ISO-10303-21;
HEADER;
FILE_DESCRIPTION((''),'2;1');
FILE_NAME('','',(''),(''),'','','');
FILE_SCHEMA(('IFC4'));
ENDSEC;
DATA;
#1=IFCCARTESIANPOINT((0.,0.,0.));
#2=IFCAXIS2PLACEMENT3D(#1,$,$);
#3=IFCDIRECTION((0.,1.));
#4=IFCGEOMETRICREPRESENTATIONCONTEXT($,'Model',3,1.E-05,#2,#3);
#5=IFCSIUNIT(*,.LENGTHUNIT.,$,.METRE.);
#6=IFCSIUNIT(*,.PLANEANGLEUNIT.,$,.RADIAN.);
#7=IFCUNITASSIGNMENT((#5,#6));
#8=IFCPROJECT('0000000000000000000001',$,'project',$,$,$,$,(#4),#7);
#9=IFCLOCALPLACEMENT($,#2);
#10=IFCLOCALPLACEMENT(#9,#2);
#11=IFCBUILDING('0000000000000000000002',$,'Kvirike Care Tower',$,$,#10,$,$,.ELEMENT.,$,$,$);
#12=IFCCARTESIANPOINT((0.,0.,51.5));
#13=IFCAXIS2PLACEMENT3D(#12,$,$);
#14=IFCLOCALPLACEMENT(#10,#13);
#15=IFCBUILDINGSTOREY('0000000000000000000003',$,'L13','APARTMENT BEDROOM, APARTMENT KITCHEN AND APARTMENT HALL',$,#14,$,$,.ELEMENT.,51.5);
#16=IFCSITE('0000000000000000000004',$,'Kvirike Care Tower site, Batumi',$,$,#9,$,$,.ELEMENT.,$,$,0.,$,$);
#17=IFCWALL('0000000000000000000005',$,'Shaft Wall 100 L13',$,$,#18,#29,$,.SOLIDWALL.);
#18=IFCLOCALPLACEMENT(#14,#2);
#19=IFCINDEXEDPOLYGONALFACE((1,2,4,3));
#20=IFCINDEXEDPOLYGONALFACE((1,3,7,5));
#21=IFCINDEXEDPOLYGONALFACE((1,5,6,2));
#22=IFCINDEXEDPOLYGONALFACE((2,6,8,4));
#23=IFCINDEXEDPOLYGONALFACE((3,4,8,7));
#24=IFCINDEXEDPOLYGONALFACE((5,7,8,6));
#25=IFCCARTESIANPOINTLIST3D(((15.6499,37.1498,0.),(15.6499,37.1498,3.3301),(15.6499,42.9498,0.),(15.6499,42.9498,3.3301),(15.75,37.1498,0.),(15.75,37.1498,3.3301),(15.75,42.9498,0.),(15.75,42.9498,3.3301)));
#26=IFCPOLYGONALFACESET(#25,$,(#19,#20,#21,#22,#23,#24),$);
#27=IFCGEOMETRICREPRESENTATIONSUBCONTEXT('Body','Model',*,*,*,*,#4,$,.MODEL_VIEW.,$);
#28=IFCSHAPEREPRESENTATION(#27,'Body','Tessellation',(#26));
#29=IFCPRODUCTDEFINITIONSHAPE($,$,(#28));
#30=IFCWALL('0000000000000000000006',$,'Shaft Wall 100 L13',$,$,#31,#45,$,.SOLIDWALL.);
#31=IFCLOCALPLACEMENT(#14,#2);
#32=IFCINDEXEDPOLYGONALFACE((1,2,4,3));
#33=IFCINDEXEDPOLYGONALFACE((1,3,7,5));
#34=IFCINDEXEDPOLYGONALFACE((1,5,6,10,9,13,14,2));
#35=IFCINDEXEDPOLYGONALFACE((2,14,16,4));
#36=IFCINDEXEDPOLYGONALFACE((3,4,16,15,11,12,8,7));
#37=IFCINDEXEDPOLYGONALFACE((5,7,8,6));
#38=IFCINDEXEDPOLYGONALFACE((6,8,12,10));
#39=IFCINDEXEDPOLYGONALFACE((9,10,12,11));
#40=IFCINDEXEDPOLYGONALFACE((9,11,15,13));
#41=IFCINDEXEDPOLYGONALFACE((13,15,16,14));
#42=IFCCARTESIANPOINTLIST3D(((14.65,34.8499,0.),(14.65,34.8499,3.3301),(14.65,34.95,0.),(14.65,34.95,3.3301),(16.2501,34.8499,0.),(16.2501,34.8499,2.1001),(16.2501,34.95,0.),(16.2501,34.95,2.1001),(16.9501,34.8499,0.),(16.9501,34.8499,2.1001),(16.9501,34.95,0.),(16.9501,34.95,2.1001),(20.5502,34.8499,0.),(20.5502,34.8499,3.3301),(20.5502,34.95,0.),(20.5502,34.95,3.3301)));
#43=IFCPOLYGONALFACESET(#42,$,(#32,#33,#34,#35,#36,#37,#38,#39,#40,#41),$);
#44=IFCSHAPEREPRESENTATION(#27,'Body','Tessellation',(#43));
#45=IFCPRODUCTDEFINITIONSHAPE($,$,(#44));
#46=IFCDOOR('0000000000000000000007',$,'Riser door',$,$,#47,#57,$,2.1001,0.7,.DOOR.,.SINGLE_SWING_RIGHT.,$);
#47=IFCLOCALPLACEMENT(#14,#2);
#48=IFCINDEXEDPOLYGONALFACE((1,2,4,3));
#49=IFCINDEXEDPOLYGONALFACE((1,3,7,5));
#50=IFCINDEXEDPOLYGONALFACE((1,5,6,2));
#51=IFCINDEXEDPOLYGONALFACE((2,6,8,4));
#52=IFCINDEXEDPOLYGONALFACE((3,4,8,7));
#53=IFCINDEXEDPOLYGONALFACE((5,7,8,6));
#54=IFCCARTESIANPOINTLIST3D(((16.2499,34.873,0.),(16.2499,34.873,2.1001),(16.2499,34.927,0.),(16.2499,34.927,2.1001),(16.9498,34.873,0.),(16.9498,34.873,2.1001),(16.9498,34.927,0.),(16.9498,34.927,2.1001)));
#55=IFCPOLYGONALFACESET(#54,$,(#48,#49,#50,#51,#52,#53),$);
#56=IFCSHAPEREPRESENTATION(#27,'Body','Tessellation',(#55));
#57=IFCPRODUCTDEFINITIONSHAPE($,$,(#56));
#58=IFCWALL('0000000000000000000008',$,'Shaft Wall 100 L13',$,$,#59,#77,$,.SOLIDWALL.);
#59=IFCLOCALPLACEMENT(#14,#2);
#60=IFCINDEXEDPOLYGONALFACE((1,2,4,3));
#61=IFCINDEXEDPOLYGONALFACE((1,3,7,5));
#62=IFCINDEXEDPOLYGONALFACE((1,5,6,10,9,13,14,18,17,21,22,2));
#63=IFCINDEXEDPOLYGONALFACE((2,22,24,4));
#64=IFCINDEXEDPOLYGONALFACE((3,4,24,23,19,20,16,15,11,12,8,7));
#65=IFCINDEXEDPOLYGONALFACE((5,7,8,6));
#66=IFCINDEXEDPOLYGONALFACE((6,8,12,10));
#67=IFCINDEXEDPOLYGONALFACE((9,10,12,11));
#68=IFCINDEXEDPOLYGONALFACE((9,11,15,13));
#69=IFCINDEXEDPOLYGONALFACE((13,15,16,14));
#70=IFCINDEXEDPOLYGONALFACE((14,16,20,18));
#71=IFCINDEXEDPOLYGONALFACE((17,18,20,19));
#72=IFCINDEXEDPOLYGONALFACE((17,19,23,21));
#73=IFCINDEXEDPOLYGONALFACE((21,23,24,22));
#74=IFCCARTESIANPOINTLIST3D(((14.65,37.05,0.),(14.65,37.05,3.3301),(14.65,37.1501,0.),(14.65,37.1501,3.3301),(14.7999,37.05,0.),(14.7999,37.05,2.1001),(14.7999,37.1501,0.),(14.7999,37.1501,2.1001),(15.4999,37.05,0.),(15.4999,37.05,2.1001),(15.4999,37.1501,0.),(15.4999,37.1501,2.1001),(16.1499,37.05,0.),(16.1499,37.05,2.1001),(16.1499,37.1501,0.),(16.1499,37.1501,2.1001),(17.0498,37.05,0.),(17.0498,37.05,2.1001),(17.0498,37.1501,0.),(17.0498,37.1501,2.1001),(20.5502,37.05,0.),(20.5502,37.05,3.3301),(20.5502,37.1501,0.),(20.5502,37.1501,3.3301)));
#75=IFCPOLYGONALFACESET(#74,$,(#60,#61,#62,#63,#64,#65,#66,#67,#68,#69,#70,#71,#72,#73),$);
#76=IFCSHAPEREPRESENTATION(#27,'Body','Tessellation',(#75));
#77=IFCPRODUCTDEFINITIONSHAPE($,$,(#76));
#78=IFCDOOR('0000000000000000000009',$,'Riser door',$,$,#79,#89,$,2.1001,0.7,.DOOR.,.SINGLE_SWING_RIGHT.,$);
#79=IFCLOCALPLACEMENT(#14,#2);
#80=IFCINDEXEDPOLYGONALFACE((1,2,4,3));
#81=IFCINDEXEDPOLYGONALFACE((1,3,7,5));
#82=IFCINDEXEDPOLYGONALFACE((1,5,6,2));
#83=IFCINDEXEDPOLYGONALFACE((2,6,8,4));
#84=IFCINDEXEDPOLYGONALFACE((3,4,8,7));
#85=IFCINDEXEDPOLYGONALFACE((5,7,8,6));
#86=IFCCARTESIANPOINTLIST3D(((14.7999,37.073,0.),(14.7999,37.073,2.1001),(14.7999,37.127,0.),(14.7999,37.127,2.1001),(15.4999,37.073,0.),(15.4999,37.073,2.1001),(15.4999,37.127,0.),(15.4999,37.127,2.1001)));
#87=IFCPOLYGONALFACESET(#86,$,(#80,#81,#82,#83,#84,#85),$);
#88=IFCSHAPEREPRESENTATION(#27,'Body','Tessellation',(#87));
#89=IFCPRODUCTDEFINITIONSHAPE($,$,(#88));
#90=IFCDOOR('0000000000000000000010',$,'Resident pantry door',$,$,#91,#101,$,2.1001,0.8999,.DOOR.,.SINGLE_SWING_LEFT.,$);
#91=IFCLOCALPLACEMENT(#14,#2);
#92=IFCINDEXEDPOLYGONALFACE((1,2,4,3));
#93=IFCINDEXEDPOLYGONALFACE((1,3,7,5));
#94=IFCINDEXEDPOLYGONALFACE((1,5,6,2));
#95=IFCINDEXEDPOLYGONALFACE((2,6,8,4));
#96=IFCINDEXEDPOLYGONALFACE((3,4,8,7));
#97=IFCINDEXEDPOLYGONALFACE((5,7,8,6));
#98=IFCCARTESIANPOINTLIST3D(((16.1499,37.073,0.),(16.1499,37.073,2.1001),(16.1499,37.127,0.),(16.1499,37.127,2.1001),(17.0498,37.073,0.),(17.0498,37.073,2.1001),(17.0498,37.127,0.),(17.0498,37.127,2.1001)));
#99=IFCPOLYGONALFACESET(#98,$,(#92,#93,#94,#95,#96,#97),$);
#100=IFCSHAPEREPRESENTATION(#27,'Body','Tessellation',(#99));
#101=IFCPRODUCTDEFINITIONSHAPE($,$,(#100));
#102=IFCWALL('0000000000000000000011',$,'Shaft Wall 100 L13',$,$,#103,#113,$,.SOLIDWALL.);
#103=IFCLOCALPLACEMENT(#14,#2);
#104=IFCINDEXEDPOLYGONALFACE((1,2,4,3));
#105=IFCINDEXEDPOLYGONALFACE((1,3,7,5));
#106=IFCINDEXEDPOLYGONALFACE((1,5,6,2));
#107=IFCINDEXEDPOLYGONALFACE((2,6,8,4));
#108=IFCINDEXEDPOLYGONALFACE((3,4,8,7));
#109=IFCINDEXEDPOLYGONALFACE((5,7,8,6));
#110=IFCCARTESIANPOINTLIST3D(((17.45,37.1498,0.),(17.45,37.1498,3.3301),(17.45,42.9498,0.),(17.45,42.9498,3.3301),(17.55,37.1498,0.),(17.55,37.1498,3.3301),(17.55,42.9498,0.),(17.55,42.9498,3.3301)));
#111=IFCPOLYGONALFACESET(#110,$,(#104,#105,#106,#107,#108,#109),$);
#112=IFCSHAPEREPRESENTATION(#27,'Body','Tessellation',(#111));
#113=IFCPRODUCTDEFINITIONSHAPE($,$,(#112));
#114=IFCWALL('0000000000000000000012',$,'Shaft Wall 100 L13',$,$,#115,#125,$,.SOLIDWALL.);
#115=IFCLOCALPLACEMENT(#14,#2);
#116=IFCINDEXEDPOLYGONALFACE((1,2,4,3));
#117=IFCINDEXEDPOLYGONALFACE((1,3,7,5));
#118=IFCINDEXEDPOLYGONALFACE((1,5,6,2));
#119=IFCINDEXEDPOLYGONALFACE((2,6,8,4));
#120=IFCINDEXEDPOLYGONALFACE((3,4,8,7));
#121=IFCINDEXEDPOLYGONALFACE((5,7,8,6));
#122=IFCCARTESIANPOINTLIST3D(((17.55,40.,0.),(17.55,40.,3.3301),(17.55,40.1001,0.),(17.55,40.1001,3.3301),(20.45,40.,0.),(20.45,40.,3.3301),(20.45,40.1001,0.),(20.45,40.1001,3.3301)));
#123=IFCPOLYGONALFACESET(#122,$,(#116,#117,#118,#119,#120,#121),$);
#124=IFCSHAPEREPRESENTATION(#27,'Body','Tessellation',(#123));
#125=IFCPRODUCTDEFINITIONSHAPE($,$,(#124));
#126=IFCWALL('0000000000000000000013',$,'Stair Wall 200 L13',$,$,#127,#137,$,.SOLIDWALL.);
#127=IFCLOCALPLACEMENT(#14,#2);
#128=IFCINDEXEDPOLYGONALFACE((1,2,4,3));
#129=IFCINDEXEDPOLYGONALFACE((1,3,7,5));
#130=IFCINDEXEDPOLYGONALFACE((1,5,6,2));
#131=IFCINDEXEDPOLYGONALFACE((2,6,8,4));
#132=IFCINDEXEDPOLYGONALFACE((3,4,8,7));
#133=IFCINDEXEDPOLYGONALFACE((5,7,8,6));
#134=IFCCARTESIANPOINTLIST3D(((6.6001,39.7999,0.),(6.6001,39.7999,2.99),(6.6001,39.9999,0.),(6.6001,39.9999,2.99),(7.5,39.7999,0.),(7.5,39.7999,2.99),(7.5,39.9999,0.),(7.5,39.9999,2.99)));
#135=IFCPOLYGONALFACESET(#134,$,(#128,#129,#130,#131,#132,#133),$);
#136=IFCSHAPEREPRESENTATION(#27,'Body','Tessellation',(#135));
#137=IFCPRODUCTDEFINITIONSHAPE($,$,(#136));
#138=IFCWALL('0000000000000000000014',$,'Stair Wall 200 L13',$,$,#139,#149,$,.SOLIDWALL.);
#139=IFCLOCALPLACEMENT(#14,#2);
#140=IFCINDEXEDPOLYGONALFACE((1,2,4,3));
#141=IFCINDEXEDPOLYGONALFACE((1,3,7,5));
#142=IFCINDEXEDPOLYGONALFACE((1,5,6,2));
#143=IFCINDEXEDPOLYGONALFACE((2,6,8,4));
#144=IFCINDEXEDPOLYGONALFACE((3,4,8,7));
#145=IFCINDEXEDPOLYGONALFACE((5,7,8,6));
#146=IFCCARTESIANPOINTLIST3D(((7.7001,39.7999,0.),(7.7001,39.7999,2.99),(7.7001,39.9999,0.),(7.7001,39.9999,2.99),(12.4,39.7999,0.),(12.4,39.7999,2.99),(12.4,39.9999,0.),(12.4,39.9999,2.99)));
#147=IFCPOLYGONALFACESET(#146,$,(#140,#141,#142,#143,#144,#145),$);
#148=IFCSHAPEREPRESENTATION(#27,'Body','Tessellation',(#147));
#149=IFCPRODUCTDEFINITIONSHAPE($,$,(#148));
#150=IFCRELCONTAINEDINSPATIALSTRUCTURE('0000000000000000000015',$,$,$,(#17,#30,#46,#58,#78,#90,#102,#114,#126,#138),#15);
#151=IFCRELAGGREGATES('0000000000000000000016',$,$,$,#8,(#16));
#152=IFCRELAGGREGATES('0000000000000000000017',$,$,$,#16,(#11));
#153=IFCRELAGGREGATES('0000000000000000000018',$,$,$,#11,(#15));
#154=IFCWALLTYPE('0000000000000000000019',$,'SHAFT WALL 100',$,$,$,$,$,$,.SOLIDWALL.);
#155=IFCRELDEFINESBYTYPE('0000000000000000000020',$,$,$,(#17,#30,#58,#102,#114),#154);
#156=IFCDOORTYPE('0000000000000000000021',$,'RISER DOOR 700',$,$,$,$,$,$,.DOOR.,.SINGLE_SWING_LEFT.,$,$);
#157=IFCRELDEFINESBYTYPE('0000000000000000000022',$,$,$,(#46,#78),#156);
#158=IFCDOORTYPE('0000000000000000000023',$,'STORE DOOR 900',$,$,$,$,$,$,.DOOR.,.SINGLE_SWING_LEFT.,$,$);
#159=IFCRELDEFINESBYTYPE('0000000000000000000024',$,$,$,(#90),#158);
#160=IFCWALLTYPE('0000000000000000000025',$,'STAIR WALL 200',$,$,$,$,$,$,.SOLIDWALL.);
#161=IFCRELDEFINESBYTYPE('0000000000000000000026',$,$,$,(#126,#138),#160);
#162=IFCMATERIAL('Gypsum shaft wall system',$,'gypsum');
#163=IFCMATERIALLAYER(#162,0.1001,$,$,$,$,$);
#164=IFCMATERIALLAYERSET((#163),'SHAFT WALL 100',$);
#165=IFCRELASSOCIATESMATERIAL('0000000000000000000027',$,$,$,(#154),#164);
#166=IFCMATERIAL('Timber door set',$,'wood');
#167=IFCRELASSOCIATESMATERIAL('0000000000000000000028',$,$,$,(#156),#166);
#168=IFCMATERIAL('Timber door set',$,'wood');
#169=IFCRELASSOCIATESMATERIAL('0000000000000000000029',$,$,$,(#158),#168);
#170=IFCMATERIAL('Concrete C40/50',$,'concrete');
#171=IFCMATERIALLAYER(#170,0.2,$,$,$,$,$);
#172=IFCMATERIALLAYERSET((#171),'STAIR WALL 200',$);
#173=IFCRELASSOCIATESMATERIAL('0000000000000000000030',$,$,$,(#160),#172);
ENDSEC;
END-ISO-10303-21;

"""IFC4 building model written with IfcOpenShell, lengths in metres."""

from ifc_helpers import new_model, si_unit, direction, frame, frame_2d, origin, place, context, subcontext, project, spatial, rectangle, extrude, material, layer, layer_set, type_object, element, fill, save


model = new_model("IFC4")

# Units and contexts
model_context = context("Model", 3, precision=1e-05, world=origin(), true_north=direction((0.0, 1.0)))
body_context = subcontext(model_context, "Body", "Model", "MODEL_VIEW")
ifc_project = project(units=[si_unit("LENGTHUNIT", "METRE"), si_unit("PLANEANGLEUNIT", "RADIAN")], contexts=[model_context])

# Site, building, storey
site_placement = place(None, origin())
site = spatial("IfcSite", under=ifc_project, at=site_placement, Name="Kvirike Care Tower site, Batumi", CompositionType="ELEMENT", RefElevation=0.0)
building_placement = place(site_placement, origin())
building = spatial("IfcBuilding", under=site, at=building_placement, Name="Kvirike Care Tower", CompositionType="ELEMENT")
storey_placement = place(building_placement, frame((0.0, 0.0, 51.5)))
storey = spatial("IfcBuildingStorey", under=building, at=storey_placement, Name="L13", Description="APARTMENT BEDROOM, APARTMENT KITCHEN AND APARTMENT HALL", CompositionType="ELEMENT", Elevation=51.5)

# Wall
ifc_material_1 = material(Name="Gypsum shaft wall system", Category="gypsum")
ifc_layer_1 = layer(ifc_material_1, 0.1001)
ifc_layer_set_1 = layer_set([ifc_layer_1], Name="SHAFT WALL 100")
wall_type_1 = type_object("IfcWallType", Name="SHAFT WALL 100", PredefinedType="SOLIDWALL", material=ifc_layer_set_1)
wall_1_placement = place(storey_placement, frame((15.7, 37.1499, 0.0), z_axis=(0.0, 0.0, 1.0), x_axis=(0.0, 1.0, 0.0)))
element("IfcWall", 1, at=wall_1_placement, inside=storey, type_object=wall_type_1, Name="Shaft Wall 100 L13", PredefinedType="SOLIDWALL", context=body_context, shape_type="SweptSolid", body=[
    extrude(rectangle(XDim=5.8, YDim=0.1001, at=frame_2d((2.8999, 0.0))), origin(), (0.0, 0.0, 1.0), 3.3301),
])

# Wall, opening, door
wall_2_placement = place(storey_placement, frame((14.6499, 34.8999, 0.0), z_axis=(0.0, 0.0, 1.0), x_axis=(1.0, 0.0, 0.0)))
wall_2 = element("IfcWall", 2, at=wall_2_placement, inside=storey, type_object=wall_type_1, Name="Shaft Wall 100 L13", PredefinedType="SOLIDWALL", context=body_context, shape_type="SweptSolid", body=[
    extrude(rectangle(XDim=5.9001, YDim=0.1001, at=frame_2d((2.9502, 0.0))), origin(), (0.0, 0.0, 1.0), 3.3301),
])
opening_1_placement = place(wall_2_placement, frame((1.6001, 0.0, 0.0)))
opening_1 = element("IfcOpeningElement", 3, at=opening_1_placement, cuts=wall_2, PredefinedType="OPENING", context=body_context, shape_type="SweptSolid", body=[
    extrude(rectangle(XDim=0.7, YDim=2.1001, at=frame_2d((0.3501, 1.05))), frame((0.0, 0.0605, 0.0), z_axis=(0.0, -1.0, 0.0), x_axis=(1.0, 0.0, 0.0)), (0.0, 0.0, 1.0), 0.1211),
])
ifc_material_2 = material(Name="Timber door set", Category="wood")
door_type_1 = type_object("IfcDoorType", Name="RISER DOOR 700", OperationType="SINGLE_SWING_LEFT", PredefinedType="DOOR", material=ifc_material_2)
door_1_placement = place(opening_1_placement, frame((0.7, 0.0, 0.0), z_axis=(0.0, 0.0, 1.0), x_axis=(-1.0, 0.0, 0.0)))
door_1 = element("IfcDoor", 4, at=door_1_placement, inside=storey, type_object=door_type_1, Name="Riser door", OperationType="SINGLE_SWING_RIGHT", OverallHeight=2.1001, OverallWidth=0.7, PredefinedType="DOOR", context=body_context, shape_type="SweptSolid", body=[
    extrude(rectangle(XDim=0.7, YDim=2.1001, at=frame_2d((0.3501, 1.05))), frame((0.0, 0.0269, 0.0), z_axis=(0.0, -1.0, 0.0), x_axis=(1.0, 0.0, 0.0)), (0.0, 0.0, 1.0), 0.054),
])
fill(opening_1, door_1)

# Wall, openings, doors
wall_3_placement = place(storey_placement, frame((14.6499, 37.1001, 0.0), z_axis=(0.0, 0.0, 1.0), x_axis=(1.0, 0.0, 0.0)))
wall_3 = element("IfcWall", 5, at=wall_3_placement, inside=storey, type_object=wall_type_1, Name="Shaft Wall 100 L13", PredefinedType="SOLIDWALL", context=body_context, shape_type="SweptSolid", body=[
    extrude(rectangle(XDim=5.9001, YDim=0.1001, at=frame_2d((2.9502, 0.0))), origin(), (0.0, 0.0, 1.0), 3.3301),
])
opening_2_placement = place(wall_3_placement, frame((0.1499, 0.0, 0.0)))
opening_2 = element("IfcOpeningElement", 6, at=opening_2_placement, cuts=wall_3, PredefinedType="OPENING", context=body_context, shape_type="SweptSolid", body=[
    extrude(rectangle(XDim=0.7, YDim=2.1001, at=frame_2d((0.3501, 1.05))), frame((0.0, 0.0605, 0.0), z_axis=(0.0, -1.0, 0.0), x_axis=(1.0, 0.0, 0.0)), (0.0, 0.0, 1.0), 0.1211),
])
opening_3_placement = place(wall_3_placement, frame((1.5, 0.0, 0.0)))
opening_3 = element("IfcOpeningElement", 7, at=opening_3_placement, cuts=wall_3, PredefinedType="OPENING", context=body_context, shape_type="SweptSolid", body=[
    extrude(rectangle(XDim=0.8999, YDim=2.1001, at=frame_2d((0.45, 1.05))), frame((0.0, 0.0605, 0.0), z_axis=(0.0, -1.0, 0.0), x_axis=(1.0, 0.0, 0.0)), (0.0, 0.0, 1.0), 0.1211),
])
door_2_placement = place(opening_2_placement, origin())
door_2 = element("IfcDoor", 8, at=door_2_placement, inside=storey, type_object=door_type_1, Name="Riser door", OperationType="SINGLE_SWING_RIGHT", OverallHeight=2.1001, OverallWidth=0.7, PredefinedType="DOOR", context=body_context, shape_type="SweptSolid", body=[
    extrude(rectangle(XDim=0.7, YDim=2.1001, at=frame_2d((0.3501, 1.05))), frame((0.0, 0.0269, 0.0), z_axis=(0.0, -1.0, 0.0), x_axis=(1.0, 0.0, 0.0)), (0.0, 0.0, 1.0), 0.054),
])
fill(opening_2, door_2)
ifc_material_3 = material(Name="Timber door set", Category="wood")
door_type_2 = type_object("IfcDoorType", Name="STORE DOOR 900", OperationType="SINGLE_SWING_LEFT", PredefinedType="DOOR", material=ifc_material_3)
door_3_placement = place(opening_3_placement, origin())
door_3 = element("IfcDoor", 9, at=door_3_placement, inside=storey, type_object=door_type_2, Name="Resident pantry door", OperationType="SINGLE_SWING_LEFT", OverallHeight=2.1001, OverallWidth=0.8999, PredefinedType="DOOR", context=body_context, shape_type="SweptSolid", body=[
    extrude(rectangle(XDim=0.8999, YDim=2.1001, at=frame_2d((0.45, 1.05))), frame((0.0, 0.0269, 0.0), z_axis=(0.0, -1.0, 0.0), x_axis=(1.0, 0.0, 0.0)), (0.0, 0.0, 1.0), 0.054),
])
fill(opening_3, door_3)

# Walls
wall_4_placement = place(storey_placement, frame((17.5, 37.1499, 0.0), z_axis=(0.0, 0.0, 1.0), x_axis=(0.0, 1.0, 0.0)))
element("IfcWall", 10, at=wall_4_placement, inside=storey, type_object=wall_type_1, Name="Shaft Wall 100 L13", PredefinedType="SOLIDWALL", context=body_context, shape_type="SweptSolid", body=[
    extrude(rectangle(XDim=5.8, YDim=0.1001, at=frame_2d((2.8999, 0.0))), origin(), (0.0, 0.0, 1.0), 3.3301),
])
wall_5_placement = place(storey_placement, frame((17.55, 40.05, 0.0), z_axis=(0.0, 0.0, 1.0), x_axis=(1.0, 0.0, 0.0)))
element("IfcWall", 11, at=wall_5_placement, inside=storey, type_object=wall_type_1, Name="Shaft Wall 100 L13", PredefinedType="SOLIDWALL", context=body_context, shape_type="SweptSolid", body=[
    extrude(rectangle(XDim=2.8999, YDim=0.1001, at=frame_2d((1.45, 0.0))), origin(), (0.0, 0.0, 1.0), 3.3301),
])
ifc_material_4 = material(Name="Concrete C40/50", Category="concrete")
ifc_layer_2 = layer(ifc_material_4, 0.2)
ifc_layer_set_2 = layer_set([ifc_layer_2], Name="STAIR WALL 200")
wall_type_2 = type_object("IfcWallType", Name="STAIR WALL 200", PredefinedType="SOLIDWALL", material=ifc_layer_set_2)
wall_6_placement = place(storey_placement, frame((6.6001, 39.8999, 0.0), z_axis=(0.0, 0.0, 1.0), x_axis=(1.0, 0.0, 0.0)))
element("IfcWall", 12, at=wall_6_placement, inside=storey, type_object=wall_type_2, Name="Stair Wall 200 L13", PredefinedType="SOLIDWALL", context=body_context, shape_type="SweptSolid", body=[
    extrude(rectangle(XDim=0.8999, YDim=0.2, at=frame_2d((0.45, 0.0))), origin(), (0.0, 0.0, 1.0), 2.99),
])
wall_7_placement = place(storey_placement, frame((7.7, 39.8999, 0.0), z_axis=(0.0, 0.0, 1.0), x_axis=(1.0, 0.0, 0.0)))
element("IfcWall", 13, at=wall_7_placement, inside=storey, type_object=wall_type_2, Name="Stair Wall 200 L13", PredefinedType="SOLIDWALL", context=body_context, shape_type="SweptSolid", body=[
    extrude(rectangle(XDim=4.7, YDim=0.2, at=frame_2d((2.3501, 0.0))), origin(), (0.0, 0.0, 1.0), 2.99),
])

save(model, "model.ifc")
